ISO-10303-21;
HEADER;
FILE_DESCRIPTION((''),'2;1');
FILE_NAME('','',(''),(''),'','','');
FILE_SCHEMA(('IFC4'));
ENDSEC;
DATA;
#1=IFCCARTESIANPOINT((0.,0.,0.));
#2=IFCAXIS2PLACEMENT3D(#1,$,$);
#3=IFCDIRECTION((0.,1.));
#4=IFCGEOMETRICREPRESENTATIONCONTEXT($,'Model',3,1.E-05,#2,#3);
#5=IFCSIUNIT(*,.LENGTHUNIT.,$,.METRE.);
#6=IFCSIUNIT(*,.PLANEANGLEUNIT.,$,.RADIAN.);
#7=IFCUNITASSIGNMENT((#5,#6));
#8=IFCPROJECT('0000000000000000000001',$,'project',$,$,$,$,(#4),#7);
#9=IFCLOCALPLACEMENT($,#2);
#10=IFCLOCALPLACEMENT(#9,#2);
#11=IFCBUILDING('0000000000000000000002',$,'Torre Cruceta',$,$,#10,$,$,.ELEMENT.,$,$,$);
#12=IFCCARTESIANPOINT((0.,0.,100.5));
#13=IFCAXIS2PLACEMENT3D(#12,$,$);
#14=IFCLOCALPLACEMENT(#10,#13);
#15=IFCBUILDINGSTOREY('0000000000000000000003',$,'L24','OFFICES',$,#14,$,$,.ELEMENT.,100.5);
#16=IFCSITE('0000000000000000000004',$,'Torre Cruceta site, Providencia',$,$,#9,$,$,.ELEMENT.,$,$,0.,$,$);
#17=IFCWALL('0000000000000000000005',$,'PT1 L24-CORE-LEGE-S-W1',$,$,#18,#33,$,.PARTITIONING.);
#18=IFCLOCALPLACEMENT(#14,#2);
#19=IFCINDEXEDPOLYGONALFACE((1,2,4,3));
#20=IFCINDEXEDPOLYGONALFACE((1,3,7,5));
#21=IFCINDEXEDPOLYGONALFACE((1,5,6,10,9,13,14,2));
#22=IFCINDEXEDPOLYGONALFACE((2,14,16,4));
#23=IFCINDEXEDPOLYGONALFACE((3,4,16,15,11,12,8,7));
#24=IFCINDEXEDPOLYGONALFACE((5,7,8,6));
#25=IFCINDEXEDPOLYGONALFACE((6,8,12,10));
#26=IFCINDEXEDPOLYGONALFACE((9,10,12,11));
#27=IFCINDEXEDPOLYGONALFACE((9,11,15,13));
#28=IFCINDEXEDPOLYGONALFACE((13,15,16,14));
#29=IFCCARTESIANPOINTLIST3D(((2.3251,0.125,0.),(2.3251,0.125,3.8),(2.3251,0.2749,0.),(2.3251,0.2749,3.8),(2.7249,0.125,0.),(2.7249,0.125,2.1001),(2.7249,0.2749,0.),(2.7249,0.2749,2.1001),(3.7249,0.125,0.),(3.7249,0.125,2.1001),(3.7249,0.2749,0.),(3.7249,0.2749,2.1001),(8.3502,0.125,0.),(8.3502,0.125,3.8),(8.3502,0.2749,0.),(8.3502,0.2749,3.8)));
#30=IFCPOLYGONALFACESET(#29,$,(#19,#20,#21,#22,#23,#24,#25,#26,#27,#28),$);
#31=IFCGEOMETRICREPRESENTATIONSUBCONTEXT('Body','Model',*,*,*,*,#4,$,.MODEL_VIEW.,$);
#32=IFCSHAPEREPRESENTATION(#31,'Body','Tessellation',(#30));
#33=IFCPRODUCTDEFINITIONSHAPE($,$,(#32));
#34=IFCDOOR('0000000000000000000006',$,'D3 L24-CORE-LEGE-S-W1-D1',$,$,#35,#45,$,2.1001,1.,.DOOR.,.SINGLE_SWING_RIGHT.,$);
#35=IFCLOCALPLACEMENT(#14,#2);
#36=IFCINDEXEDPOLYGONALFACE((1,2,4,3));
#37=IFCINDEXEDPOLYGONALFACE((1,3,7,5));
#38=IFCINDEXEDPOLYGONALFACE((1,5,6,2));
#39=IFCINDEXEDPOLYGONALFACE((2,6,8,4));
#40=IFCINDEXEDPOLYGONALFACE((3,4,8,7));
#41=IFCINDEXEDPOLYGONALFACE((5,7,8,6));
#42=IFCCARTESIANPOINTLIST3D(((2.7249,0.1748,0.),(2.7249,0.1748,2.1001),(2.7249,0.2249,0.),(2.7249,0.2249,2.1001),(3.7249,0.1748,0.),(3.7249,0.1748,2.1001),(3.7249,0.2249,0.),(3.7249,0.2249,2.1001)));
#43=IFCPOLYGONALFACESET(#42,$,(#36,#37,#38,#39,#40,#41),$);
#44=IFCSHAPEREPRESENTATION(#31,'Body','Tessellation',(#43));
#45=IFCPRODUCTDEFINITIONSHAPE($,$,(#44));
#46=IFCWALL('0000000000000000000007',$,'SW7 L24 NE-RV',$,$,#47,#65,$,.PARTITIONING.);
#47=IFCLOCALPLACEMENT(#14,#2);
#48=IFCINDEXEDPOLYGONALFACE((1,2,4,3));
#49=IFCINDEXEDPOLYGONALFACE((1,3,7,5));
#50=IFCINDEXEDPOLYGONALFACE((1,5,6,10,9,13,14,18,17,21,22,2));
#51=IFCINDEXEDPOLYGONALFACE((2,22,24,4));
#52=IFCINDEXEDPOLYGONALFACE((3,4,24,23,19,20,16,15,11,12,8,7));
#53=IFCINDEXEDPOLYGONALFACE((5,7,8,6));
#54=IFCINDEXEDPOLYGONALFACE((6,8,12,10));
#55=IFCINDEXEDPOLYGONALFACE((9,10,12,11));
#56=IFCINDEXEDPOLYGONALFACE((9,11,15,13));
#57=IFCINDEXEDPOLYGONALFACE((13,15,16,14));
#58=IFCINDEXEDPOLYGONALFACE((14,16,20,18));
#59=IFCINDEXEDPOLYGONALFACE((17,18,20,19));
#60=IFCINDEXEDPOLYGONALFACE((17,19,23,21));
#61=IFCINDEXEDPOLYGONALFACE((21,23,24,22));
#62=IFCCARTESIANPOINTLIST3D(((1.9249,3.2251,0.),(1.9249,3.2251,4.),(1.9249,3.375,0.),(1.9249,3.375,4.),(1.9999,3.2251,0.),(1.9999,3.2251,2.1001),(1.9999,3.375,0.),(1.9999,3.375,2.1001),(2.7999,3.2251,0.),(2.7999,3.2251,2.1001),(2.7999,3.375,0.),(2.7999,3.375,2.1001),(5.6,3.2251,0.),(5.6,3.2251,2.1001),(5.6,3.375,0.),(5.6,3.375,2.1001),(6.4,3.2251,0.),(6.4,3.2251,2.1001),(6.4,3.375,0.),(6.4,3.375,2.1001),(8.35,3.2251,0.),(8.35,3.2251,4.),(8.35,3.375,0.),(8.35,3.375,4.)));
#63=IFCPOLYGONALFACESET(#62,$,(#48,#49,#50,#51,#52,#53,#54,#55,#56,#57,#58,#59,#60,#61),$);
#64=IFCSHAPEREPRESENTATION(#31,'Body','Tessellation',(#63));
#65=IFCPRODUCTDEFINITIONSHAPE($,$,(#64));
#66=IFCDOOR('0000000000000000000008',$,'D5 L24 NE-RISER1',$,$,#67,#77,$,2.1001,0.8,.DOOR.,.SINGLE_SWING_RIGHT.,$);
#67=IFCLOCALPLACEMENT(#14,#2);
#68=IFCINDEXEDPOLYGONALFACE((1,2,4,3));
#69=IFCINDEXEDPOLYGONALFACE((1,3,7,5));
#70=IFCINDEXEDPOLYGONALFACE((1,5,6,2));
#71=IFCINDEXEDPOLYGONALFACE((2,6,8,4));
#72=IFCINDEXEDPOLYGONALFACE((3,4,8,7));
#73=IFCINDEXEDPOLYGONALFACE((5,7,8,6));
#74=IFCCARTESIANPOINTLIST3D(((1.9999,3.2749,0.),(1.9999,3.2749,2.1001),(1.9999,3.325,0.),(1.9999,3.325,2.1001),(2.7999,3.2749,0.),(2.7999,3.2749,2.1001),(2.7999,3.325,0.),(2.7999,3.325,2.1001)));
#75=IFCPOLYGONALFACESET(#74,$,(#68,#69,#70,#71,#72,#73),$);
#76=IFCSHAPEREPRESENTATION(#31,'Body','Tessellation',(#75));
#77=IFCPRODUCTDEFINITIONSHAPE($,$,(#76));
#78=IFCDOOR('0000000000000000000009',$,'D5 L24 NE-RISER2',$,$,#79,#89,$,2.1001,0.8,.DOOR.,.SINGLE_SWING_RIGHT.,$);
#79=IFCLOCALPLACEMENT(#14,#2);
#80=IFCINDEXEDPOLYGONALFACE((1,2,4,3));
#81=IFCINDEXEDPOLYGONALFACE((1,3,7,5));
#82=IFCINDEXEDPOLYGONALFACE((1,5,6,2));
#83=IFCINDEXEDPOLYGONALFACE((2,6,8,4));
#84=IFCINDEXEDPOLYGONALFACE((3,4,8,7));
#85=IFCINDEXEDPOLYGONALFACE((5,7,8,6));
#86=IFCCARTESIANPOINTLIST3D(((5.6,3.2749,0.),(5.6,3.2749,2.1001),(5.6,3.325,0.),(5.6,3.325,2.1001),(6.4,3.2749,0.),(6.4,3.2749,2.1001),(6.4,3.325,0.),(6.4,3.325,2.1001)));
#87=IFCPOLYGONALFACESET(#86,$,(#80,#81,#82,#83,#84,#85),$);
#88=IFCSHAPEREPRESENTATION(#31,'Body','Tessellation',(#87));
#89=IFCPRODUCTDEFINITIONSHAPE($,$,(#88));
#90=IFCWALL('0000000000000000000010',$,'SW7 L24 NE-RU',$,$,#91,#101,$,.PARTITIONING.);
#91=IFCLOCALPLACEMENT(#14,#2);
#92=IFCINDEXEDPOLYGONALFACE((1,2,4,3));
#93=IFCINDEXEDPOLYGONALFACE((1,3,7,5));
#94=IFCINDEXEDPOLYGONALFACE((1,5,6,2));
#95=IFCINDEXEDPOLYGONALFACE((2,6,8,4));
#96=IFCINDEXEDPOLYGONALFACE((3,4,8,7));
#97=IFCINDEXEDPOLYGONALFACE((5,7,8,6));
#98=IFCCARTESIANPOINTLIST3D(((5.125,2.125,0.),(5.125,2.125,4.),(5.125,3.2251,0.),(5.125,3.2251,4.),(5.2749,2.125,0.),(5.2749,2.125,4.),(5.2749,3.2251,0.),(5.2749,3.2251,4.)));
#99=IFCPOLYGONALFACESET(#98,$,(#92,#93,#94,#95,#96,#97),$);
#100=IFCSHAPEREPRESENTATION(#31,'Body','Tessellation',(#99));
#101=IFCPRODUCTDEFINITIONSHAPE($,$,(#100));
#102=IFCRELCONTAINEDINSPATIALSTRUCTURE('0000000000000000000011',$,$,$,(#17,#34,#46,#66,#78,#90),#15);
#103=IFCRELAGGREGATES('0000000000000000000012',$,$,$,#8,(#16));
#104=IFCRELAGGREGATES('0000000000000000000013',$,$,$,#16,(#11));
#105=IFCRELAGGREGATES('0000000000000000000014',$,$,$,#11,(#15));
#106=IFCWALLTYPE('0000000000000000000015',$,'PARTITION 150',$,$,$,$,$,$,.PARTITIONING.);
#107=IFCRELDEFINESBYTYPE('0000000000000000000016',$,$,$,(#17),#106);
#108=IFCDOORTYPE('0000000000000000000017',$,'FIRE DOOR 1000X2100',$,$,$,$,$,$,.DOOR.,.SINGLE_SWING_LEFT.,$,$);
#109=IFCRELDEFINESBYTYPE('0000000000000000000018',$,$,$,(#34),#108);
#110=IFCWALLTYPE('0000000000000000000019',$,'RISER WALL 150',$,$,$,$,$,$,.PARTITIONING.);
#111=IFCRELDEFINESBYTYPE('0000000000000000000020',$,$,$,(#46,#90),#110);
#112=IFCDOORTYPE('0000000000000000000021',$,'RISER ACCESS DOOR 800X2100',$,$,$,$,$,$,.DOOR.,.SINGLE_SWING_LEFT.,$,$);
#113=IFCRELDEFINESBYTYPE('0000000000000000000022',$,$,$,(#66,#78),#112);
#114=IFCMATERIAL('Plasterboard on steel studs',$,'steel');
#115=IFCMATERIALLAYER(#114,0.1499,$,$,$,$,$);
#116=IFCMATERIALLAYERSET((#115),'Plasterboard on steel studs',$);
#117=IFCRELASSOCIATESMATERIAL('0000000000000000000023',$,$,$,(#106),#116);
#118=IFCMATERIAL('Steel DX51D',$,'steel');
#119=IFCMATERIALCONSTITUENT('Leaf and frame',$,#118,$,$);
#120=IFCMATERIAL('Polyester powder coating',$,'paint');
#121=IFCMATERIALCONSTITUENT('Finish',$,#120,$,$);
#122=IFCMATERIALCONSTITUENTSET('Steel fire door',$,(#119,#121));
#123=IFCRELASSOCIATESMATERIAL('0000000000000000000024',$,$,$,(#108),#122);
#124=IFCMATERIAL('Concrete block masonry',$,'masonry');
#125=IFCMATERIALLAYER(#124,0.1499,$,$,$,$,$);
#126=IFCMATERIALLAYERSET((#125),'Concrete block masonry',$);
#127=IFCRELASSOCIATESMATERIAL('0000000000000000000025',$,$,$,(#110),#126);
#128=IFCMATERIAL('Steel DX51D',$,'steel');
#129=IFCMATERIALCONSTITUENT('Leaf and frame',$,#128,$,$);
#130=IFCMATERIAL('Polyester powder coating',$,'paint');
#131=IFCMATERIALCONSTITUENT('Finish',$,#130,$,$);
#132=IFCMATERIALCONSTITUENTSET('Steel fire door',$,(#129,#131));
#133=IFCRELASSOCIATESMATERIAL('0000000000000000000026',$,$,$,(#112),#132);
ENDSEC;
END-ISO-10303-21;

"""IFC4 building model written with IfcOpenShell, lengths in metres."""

from ifc_helpers import new_model, si_unit, direction, frame, frame_2d, origin, place, context, subcontext, project, spatial, rectangle, extrude, material, layer, layer_set, constituent, constituent_set, type_object, element, fill, save


model = new_model("IFC4")

# Units and contexts
model_context = context("Model", 3, precision=1e-05, world=origin(), true_north=direction((0.0, 1.0)))
body_context = subcontext(model_context, "Body", "Model", "MODEL_VIEW")
ifc_project = project(units=[si_unit("LENGTHUNIT", "METRE"), si_unit("PLANEANGLEUNIT", "RADIAN")], contexts=[model_context])

# Site, building, storey
site_placement = place(None, origin())
site = spatial("IfcSite", under=ifc_project, at=site_placement, Name="Torre Cruceta site, Providencia", CompositionType="ELEMENT", RefElevation=0.0)
building_placement = place(site_placement, origin())
building = spatial("IfcBuilding", under=site, at=building_placement, Name="Torre Cruceta", CompositionType="ELEMENT")
storey_placement = place(building_placement, frame((0.0, 0.0, 100.5)))
storey = spatial("IfcBuildingStorey", under=building, at=storey_placement, Name="L24", Description="OFFICES", CompositionType="ELEMENT", Elevation=100.5)

# Wall, opening, door
ifc_material_1 = material(Name="Plasterboard on steel studs", Category="steel")
ifc_layer_1 = layer(ifc_material_1, 0.1499)
ifc_layer_set_1 = layer_set([ifc_layer_1], Name="Plasterboard on steel studs")
wall_type_1 = type_object("IfcWallType", Name="PARTITION 150", PredefinedType="PARTITIONING", material=ifc_layer_set_1)
wall_1_placement = place(storey_placement, frame((2.325, 0.2, 0.0), z_axis=(0.0, 0.0, 1.0), x_axis=(1.0, 0.0, 0.0)))
wall_1 = element("IfcWall", 1, at=wall_1_placement, inside=storey, type_object=wall_type_1, Name="PT1 L24-CORE-LEGE-S-W1", PredefinedType="PARTITIONING", context=body_context, shape_type="SweptSolid", body=[
    extrude(rectangle(XDim=6.0251, YDim=0.1499, at=frame_2d((3.0127, 0.0))), origin(), (0.0, 0.0, 1.0), 3.8),
])
opening_1_placement = place(wall_1_placement, frame((0.3999, 0.0, 0.0)))
opening_1 = element("IfcOpeningElement", 2, at=opening_1_placement, cuts=wall_1, PredefinedType="OPENING", context=body_context, shape_type="SweptSolid", body=[
    extrude(rectangle(XDim=1.0, YDim=2.1001, at=frame_2d((0.5, 1.05))), frame((0.0, 0.085, 0.0), z_axis=(0.0, -1.0, 0.0), x_axis=(1.0, 0.0, 0.0)), (0.0, 0.0, 1.0), 0.1699),
])
ifc_material_2 = material(Name="Steel DX51D", Category="steel")
ifc_constituent_1 = constituent(ifc_material_2, Name="Leaf and frame")
ifc_material_3 = material(Name="Polyester powder coating", Category="paint")
ifc_constituent_2 = constituent(ifc_material_3, Name="Finish")
ifc_constituent_set_1 = constituent_set(constituents=[ifc_constituent_1, ifc_constituent_2], Name="Steel fire door")
door_type_1 = type_object("IfcDoorType", Name="FIRE DOOR 1000X2100", OperationType="SINGLE_SWING_LEFT", PredefinedType="DOOR", material=ifc_constituent_set_1)
door_1_placement = place(opening_1_placement, frame((1.0, 0.0, 0.0), z_axis=(0.0, 0.0, 1.0), x_axis=(-1.0, 0.0, 0.0)))
door_1 = element("IfcDoor", 3, at=door_1_placement, inside=storey, type_object=door_type_1, Name="D3 L24-CORE-LEGE-S-W1-D1", OperationType="SINGLE_SWING_RIGHT", OverallHeight=2.1001, OverallWidth=1.0, PredefinedType="DOOR", context=body_context, shape_type="SweptSolid", body=[
    extrude(rectangle(XDim=1.0, YDim=2.1001, at=frame_2d((0.5, 1.05))), frame((0.0, 0.0251, 0.0), z_axis=(0.0, -1.0, 0.0), x_axis=(1.0, 0.0, 0.0)), (0.0, 0.0, 1.0), 0.05),
])
fill(opening_1, door_1)

# Wall, openings, doors
ifc_material_4 = material(Name="Concrete block masonry", Category="masonry")
ifc_layer_2 = layer(ifc_material_4, 0.1499)
ifc_layer_set_2 = layer_set([ifc_layer_2], Name="Concrete block masonry")
wall_type_2 = type_object("IfcWallType", Name="RISER WALL 150", PredefinedType="PARTITIONING", material=ifc_layer_set_2)
wall_2_placement = place(storey_placement, frame((1.925, 3.3, 0.0), z_axis=(0.0, 0.0, 1.0), x_axis=(1.0, 0.0, 0.0)))
wall_2 = element("IfcWall", 4, at=wall_2_placement, inside=storey, type_object=wall_type_2, Name="SW7 L24 NE-RV", PredefinedType="PARTITIONING", context=body_context, shape_type="SweptSolid", body=[
    extrude(rectangle(XDim=6.425, YDim=0.1499, at=frame_2d((3.2124, 0.0))), origin(), (0.0, 0.0, 1.0), 4.0),
])
opening_2_placement = place(wall_2_placement, frame((0.075, 0.0, 0.0)))
opening_2 = element("IfcOpeningElement", 5, at=opening_2_placement, cuts=wall_2, PredefinedType="OPENING", context=body_context, shape_type="SweptSolid", body=[
    extrude(rectangle(XDim=0.8, YDim=2.1001, at=frame_2d((0.3999, 1.05))), frame((0.0, 0.085, 0.0), z_axis=(0.0, -1.0, 0.0), x_axis=(1.0, 0.0, 0.0)), (0.0, 0.0, 1.0), 0.1699),
])
opening_3_placement = place(wall_2_placement, frame((3.675, 0.0, 0.0)))
opening_3 = element("IfcOpeningElement", 6, at=opening_3_placement, cuts=wall_2, PredefinedType="OPENING", context=body_context, shape_type="SweptSolid", body=[
    extrude(rectangle(XDim=0.8, YDim=2.1001, at=frame_2d((0.3999, 1.05))), frame((0.0, 0.085, 0.0), z_axis=(0.0, -1.0, 0.0), x_axis=(1.0, 0.0, 0.0)), (0.0, 0.0, 1.0), 0.1699),
])
ifc_material_5 = material(Name="Steel DX51D", Category="steel")
ifc_constituent_3 = constituent(ifc_material_5, Name="Leaf and frame")
ifc_material_6 = material(Name="Polyester powder coating", Category="paint")
ifc_constituent_4 = constituent(ifc_material_6, Name="Finish")
ifc_constituent_set_2 = constituent_set(constituents=[ifc_constituent_3, ifc_constituent_4], Name="Steel fire door")
door_type_2 = type_object("IfcDoorType", Name="RISER ACCESS DOOR 800X2100", OperationType="SINGLE_SWING_LEFT", PredefinedType="DOOR", material=ifc_constituent_set_2)
door_2_placement = place(opening_2_placement, frame((0.8, 0.0, 0.0), z_axis=(0.0, 0.0, 1.0), x_axis=(-1.0, 0.0, 0.0)))
door_2 = element("IfcDoor", 7, at=door_2_placement, inside=storey, type_object=door_type_2, Name="D5 L24 NE-RISER1", OperationType="SINGLE_SWING_RIGHT", OverallHeight=2.1001, OverallWidth=0.8, PredefinedType="DOOR", context=body_context, shape_type="SweptSolid", body=[
    extrude(rectangle(XDim=0.8, YDim=2.1001, at=frame_2d((0.4001, 1.05))), frame((0.0, 0.0251, 0.0), z_axis=(0.0, -1.0, 0.0), x_axis=(1.0, 0.0, 0.0)), (0.0, 0.0, 1.0), 0.05),
])
fill(opening_2, door_2)
door_3_placement = place(opening_3_placement, frame((0.8, 0.0, 0.0), z_axis=(0.0, 0.0, 1.0), x_axis=(-1.0, 0.0, 0.0)))
door_3 = element("IfcDoor", 8, at=door_3_placement, inside=storey, type_object=door_type_2, Name="D5 L24 NE-RISER2", OperationType="SINGLE_SWING_RIGHT", OverallHeight=2.1001, OverallWidth=0.8, PredefinedType="DOOR", context=body_context, shape_type="SweptSolid", body=[
    extrude(rectangle(XDim=0.8, YDim=2.1001, at=frame_2d((0.4001, 1.05))), frame((0.0, 0.0251, 0.0), z_axis=(0.0, -1.0, 0.0), x_axis=(1.0, 0.0, 0.0)), (0.0, 0.0, 1.0), 0.05),
])
fill(opening_3, door_3)

# Wall
wall_3_placement = place(storey_placement, frame((5.2, 2.125, 0.0), z_axis=(0.0, 0.0, 1.0), x_axis=(0.0, 1.0, 0.0)))
element("IfcWall", 9, at=wall_3_placement, inside=storey, type_object=wall_type_2, Name="SW7 L24 NE-RU", PredefinedType="PARTITIONING", context=body_context, shape_type="SweptSolid", body=[
    extrude(rectangle(XDim=1.1001, YDim=0.1499, at=frame_2d((0.55, 0.0))), origin(), (0.0, 0.0, 1.0), 4.0),
])

save(model, "model.ifc")
